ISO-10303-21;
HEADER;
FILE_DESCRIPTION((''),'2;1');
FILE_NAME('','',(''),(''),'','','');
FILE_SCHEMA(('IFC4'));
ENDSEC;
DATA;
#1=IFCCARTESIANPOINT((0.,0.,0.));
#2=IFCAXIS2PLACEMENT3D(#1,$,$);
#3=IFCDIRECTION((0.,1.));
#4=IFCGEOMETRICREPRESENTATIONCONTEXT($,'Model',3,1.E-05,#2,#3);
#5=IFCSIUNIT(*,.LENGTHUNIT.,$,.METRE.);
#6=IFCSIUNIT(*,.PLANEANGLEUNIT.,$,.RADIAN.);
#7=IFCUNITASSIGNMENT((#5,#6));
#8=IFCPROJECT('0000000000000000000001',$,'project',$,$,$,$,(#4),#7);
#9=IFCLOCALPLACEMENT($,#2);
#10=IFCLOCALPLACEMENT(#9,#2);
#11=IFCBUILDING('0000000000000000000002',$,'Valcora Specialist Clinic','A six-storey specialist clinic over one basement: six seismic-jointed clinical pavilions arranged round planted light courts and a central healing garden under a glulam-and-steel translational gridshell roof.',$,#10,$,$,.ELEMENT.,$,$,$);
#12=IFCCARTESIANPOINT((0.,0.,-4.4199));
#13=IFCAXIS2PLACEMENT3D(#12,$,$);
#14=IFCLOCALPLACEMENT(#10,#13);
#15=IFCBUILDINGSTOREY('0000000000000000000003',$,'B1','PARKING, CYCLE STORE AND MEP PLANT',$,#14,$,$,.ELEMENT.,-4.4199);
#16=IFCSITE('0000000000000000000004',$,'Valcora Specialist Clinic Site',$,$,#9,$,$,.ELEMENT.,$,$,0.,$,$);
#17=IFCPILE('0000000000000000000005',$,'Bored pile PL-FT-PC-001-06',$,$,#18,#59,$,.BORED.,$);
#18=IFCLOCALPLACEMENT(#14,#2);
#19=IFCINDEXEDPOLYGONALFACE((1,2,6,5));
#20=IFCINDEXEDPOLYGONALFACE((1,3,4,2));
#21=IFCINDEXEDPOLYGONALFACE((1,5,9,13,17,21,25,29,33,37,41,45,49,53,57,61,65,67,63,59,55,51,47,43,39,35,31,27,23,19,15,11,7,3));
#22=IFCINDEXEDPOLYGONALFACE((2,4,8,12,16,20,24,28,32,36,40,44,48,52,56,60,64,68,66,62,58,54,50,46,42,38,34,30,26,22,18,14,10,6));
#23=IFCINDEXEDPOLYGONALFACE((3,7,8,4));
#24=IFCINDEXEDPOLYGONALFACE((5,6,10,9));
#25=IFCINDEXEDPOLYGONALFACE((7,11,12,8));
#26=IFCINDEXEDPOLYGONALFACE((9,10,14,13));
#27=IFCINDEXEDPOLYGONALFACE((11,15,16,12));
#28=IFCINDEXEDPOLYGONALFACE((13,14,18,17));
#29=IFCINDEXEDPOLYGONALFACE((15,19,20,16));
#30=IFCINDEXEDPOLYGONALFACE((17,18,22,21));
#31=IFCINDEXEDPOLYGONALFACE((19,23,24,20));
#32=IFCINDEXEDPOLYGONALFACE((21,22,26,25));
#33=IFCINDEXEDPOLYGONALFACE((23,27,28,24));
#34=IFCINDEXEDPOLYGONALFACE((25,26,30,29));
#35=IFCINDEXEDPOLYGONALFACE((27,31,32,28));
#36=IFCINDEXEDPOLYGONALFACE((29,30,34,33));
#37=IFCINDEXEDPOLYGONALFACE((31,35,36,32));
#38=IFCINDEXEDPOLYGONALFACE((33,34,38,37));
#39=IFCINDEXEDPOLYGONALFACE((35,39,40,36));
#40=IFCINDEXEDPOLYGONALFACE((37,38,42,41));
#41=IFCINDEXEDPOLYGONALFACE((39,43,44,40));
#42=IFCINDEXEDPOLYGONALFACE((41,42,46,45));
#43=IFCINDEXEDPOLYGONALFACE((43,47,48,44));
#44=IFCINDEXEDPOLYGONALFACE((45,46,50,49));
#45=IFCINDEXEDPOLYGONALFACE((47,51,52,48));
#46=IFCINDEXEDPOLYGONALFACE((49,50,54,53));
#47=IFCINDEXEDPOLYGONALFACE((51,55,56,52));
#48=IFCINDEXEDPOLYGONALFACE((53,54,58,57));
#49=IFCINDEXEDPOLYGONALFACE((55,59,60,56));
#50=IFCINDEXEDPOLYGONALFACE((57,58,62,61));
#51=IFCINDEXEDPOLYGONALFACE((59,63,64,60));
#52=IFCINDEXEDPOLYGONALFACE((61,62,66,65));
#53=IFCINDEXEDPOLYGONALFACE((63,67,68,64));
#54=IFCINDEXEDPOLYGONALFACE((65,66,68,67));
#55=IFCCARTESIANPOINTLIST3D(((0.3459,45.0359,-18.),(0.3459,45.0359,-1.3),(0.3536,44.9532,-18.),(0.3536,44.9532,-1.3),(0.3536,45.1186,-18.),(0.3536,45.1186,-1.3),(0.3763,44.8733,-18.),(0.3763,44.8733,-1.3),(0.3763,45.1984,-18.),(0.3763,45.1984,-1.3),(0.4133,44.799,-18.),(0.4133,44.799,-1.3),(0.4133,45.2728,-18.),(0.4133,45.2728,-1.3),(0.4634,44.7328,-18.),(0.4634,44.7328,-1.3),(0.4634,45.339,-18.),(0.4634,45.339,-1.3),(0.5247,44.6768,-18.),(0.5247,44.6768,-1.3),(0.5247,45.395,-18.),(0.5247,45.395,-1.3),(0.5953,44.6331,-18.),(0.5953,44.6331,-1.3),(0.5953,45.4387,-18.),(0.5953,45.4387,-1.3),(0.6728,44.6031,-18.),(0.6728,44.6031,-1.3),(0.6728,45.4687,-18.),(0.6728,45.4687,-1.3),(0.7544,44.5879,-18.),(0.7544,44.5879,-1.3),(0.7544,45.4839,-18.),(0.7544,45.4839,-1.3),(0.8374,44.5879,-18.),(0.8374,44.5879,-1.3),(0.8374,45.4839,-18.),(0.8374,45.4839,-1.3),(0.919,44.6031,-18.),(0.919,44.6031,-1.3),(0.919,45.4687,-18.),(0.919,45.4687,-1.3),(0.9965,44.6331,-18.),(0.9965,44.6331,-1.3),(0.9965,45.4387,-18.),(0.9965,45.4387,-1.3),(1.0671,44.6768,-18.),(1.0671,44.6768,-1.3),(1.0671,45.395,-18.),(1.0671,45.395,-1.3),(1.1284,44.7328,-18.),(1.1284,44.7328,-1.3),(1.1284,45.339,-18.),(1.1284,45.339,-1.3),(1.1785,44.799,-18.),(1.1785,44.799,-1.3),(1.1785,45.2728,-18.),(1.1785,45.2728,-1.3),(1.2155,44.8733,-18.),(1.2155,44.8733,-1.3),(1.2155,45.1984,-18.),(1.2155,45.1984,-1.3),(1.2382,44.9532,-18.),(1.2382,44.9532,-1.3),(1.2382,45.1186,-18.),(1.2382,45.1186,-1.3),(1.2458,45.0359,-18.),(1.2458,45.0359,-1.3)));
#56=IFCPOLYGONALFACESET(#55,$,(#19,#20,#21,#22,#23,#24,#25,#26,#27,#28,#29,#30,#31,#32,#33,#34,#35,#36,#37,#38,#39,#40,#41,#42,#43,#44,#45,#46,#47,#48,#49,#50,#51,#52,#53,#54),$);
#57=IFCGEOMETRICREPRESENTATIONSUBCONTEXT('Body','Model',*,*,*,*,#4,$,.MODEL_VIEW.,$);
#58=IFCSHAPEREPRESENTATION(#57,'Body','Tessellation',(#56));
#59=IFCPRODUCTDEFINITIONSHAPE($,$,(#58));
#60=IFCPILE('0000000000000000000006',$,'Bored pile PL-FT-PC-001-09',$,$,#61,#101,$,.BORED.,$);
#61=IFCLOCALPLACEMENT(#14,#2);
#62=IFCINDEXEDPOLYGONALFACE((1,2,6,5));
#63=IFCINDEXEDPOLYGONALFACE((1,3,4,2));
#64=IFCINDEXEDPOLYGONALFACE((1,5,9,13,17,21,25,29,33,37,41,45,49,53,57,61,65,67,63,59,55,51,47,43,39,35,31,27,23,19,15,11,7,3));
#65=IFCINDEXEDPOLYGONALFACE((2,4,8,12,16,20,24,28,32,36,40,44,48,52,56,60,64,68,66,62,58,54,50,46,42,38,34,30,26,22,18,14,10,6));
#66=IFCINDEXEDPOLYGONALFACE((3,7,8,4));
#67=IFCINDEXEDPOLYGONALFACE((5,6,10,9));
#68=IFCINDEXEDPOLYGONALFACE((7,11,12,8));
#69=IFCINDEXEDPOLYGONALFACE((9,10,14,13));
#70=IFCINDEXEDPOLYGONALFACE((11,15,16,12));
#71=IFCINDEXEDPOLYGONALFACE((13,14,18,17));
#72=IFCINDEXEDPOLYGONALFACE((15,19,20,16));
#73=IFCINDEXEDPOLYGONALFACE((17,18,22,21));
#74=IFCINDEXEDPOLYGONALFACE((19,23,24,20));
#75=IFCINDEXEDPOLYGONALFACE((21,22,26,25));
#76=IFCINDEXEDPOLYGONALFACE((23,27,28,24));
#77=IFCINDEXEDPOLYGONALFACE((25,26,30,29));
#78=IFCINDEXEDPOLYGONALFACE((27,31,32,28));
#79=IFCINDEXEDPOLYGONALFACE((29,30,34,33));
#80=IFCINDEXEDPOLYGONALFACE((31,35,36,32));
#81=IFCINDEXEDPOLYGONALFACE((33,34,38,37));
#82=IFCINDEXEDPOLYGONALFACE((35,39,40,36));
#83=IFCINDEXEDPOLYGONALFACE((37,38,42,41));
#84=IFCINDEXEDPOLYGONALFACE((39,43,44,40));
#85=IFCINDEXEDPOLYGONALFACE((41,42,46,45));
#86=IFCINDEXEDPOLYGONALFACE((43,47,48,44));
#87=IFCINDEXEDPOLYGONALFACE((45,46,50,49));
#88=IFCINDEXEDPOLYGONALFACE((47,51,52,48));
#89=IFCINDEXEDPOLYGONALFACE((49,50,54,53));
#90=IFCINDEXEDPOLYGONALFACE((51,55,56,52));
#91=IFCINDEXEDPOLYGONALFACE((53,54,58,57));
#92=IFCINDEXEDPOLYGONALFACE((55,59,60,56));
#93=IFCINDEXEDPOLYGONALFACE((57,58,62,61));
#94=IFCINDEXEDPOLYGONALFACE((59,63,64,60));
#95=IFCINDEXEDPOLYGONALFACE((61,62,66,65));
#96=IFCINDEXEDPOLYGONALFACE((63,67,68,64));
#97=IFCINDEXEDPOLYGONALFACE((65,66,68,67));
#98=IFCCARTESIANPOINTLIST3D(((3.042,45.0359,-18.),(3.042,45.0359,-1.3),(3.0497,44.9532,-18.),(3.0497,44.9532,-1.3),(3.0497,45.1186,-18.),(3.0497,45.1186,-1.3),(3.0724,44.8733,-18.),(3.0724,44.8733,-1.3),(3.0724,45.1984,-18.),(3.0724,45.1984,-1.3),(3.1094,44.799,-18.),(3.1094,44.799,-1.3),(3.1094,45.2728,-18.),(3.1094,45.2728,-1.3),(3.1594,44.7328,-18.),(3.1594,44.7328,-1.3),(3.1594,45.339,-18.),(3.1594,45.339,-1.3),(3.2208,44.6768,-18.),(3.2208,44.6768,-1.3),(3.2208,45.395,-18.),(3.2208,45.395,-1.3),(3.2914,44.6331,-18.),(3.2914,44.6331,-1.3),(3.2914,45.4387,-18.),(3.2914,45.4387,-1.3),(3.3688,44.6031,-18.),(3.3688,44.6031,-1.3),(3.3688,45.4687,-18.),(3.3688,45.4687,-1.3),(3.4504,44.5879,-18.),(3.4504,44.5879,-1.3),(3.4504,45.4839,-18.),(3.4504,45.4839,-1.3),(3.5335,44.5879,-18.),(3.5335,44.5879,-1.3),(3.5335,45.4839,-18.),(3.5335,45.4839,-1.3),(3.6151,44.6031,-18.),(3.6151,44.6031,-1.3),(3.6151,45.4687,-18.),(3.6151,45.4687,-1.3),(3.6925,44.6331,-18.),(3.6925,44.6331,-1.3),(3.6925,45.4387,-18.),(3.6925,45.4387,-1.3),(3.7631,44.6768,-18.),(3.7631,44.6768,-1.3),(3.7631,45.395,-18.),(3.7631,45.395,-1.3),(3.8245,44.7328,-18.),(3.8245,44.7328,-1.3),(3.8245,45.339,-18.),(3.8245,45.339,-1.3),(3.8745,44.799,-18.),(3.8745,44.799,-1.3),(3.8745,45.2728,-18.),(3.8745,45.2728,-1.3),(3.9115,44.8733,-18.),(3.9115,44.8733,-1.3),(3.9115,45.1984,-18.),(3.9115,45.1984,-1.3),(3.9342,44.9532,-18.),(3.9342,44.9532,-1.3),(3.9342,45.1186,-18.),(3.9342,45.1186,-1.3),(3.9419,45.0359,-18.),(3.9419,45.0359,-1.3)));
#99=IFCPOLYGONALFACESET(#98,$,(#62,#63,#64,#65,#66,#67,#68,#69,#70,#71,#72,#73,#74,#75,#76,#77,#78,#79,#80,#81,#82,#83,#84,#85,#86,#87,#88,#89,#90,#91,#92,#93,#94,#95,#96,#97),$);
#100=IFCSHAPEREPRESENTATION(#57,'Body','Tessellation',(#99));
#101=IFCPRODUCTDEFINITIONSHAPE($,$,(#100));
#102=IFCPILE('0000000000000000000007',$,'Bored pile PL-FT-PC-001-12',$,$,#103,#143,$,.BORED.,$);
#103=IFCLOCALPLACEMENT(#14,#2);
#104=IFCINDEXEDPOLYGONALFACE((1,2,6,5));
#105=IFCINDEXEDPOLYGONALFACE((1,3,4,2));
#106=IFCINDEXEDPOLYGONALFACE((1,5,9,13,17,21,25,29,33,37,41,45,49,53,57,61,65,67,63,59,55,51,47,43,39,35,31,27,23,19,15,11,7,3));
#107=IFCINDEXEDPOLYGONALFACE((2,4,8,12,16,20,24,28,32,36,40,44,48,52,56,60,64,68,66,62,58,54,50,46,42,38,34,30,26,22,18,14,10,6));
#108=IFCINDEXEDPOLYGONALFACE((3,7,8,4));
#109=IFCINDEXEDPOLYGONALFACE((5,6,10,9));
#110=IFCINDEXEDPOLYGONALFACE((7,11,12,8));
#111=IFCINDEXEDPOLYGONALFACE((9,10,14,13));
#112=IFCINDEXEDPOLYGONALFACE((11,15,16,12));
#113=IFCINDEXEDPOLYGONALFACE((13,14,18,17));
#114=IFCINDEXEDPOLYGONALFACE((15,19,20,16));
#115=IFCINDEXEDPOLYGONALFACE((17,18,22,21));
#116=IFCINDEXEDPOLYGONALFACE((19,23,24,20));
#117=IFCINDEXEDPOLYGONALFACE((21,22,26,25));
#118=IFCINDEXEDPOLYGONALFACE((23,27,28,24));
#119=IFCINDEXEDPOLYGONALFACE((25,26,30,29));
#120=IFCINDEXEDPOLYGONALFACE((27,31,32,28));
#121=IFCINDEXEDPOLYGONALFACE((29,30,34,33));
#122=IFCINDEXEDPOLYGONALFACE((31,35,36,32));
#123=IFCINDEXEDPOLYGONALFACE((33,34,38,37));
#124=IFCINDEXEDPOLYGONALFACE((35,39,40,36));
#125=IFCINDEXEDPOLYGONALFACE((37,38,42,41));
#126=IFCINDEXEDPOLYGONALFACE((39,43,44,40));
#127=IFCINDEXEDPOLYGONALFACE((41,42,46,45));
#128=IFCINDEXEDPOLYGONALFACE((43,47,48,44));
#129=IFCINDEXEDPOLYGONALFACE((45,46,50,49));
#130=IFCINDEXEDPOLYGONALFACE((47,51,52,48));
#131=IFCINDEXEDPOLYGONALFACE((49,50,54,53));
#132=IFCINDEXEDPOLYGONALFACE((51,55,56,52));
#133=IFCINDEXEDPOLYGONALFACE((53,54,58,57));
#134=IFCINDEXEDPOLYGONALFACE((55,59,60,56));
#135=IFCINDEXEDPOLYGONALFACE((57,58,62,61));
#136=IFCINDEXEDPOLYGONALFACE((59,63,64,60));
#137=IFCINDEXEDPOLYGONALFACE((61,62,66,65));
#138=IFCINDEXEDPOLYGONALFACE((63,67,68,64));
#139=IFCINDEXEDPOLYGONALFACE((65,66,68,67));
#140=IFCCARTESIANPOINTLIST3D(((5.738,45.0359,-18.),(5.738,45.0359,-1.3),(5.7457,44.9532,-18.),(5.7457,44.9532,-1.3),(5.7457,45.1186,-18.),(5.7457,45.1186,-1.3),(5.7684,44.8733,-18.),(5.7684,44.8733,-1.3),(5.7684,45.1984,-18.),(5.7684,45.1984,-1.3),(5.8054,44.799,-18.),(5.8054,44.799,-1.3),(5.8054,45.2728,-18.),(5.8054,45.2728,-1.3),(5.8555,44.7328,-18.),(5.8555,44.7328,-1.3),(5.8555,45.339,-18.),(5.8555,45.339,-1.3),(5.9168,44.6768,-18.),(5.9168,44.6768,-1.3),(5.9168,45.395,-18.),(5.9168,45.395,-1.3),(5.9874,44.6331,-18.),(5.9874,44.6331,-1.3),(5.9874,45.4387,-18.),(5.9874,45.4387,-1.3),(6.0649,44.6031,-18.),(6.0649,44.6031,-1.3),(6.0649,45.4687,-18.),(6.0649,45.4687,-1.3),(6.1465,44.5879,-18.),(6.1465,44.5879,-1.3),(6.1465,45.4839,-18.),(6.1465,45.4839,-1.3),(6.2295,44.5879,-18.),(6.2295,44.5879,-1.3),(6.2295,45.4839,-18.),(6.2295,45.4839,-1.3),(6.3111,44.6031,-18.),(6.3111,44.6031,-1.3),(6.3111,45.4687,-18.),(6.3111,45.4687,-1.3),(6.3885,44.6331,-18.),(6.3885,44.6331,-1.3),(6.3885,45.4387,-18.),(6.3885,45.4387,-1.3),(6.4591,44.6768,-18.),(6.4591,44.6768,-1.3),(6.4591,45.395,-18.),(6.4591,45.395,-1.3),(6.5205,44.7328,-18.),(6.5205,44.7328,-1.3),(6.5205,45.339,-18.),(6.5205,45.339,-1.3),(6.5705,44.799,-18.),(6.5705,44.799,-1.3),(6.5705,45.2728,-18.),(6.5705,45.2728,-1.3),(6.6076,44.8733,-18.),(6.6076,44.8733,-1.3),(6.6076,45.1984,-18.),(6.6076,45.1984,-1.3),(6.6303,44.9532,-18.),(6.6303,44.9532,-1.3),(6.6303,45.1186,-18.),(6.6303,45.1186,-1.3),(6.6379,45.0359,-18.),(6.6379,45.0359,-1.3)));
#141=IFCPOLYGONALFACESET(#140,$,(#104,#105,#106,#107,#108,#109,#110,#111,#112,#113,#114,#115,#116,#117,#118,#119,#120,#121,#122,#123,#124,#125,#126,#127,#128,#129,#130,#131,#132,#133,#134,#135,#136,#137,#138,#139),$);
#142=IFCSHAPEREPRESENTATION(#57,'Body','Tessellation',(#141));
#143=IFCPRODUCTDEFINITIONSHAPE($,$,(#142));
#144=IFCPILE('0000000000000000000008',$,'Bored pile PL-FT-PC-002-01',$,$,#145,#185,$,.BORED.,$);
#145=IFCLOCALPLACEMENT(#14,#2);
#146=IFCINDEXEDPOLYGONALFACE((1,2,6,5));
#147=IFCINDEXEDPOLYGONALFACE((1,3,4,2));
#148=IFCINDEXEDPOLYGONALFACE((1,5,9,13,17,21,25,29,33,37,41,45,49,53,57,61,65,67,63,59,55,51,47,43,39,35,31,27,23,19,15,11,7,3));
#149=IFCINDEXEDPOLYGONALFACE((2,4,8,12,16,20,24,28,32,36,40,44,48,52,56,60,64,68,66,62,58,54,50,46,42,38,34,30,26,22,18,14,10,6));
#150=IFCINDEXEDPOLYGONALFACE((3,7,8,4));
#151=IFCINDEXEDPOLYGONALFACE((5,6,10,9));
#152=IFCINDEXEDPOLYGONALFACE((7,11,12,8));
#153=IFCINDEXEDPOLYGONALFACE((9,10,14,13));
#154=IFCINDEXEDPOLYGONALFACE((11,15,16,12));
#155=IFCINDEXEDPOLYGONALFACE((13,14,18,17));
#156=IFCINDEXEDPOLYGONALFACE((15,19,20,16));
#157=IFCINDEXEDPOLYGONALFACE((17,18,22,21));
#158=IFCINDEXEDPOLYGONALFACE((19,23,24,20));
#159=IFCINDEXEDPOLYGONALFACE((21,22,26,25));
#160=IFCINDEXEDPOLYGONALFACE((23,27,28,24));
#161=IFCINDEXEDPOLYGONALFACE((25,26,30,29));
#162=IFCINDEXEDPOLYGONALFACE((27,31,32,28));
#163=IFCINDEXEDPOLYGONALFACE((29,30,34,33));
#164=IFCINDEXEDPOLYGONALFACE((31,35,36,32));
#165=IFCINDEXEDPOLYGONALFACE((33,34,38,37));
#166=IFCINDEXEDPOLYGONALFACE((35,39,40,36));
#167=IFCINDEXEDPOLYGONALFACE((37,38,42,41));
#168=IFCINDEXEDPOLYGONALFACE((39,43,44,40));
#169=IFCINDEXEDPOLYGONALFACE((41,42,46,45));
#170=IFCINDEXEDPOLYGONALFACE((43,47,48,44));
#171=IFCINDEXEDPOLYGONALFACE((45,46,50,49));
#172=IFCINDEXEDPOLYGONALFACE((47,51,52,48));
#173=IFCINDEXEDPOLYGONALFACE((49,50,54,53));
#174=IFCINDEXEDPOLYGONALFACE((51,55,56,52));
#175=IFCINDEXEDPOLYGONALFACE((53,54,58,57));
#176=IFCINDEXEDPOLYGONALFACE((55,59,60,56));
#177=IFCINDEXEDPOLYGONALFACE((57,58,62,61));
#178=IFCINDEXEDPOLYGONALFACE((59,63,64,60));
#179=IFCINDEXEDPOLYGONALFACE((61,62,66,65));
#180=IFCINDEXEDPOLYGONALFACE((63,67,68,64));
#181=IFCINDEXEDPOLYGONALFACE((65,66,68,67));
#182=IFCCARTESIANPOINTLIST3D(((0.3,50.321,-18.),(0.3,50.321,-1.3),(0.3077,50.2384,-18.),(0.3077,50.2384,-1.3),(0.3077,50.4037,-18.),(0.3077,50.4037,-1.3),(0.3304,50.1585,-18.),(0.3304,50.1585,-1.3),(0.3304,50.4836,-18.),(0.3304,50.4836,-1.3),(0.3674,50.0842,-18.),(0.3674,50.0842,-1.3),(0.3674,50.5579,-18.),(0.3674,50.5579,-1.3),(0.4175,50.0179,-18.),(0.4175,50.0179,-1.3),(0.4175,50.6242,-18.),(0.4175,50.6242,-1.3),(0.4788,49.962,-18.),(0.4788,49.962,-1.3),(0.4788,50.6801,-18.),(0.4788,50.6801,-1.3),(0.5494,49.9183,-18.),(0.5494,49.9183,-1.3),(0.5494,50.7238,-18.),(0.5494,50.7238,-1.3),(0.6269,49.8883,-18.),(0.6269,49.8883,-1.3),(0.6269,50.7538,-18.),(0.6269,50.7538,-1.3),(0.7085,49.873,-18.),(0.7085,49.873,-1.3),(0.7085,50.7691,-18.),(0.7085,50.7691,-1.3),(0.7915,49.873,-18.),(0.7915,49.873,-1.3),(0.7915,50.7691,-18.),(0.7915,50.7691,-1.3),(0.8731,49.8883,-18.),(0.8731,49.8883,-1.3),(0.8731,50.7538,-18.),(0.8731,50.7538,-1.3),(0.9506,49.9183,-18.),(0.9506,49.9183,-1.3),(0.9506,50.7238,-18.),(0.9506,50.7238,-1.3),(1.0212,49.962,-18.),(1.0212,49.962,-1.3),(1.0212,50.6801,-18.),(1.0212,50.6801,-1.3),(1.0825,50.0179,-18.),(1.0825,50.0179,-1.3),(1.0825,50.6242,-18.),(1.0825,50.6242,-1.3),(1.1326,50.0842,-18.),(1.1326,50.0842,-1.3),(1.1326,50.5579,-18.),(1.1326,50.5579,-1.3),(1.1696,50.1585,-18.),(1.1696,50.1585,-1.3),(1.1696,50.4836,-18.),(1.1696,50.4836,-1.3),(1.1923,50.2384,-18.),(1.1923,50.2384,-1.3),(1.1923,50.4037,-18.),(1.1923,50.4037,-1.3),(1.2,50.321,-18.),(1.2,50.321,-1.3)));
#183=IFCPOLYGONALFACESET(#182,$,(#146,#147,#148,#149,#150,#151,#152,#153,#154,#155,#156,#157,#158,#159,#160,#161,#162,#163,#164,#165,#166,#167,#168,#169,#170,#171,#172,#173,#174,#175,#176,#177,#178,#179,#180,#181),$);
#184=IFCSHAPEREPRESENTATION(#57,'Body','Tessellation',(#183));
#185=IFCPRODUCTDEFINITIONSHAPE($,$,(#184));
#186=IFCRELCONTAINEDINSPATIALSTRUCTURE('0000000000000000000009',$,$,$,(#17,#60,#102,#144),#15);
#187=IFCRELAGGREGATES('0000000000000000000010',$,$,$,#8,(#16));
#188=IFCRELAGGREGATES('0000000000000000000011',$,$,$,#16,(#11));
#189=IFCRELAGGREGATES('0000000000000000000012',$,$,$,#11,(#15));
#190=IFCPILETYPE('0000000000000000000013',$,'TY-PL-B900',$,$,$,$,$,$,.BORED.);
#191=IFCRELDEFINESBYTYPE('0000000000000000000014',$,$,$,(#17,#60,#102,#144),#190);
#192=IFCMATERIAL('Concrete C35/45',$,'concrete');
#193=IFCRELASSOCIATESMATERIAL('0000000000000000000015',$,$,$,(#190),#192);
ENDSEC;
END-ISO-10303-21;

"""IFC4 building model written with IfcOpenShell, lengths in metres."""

from ifc_helpers import new_model, si_unit, direction, frame, origin, origin_2d, place, context, subcontext, project, spatial, circle, extrude, material, material_profile, profile_set, type_object, element, save


model = new_model("IFC4")

# Units and contexts
model_context = context("Model", 3, precision=1e-05, world=origin(), true_north=direction((0.0, 1.0)))
body_context = subcontext(model_context, "Body", "Model", "MODEL_VIEW")
ifc_project = project(units=[si_unit("LENGTHUNIT", "METRE"), si_unit("PLANEANGLEUNIT", "RADIAN")], contexts=[model_context])

# Site, building, storey
site_placement = place(None, origin())
site = spatial("IfcSite", under=ifc_project, at=site_placement, Name="Valcora Specialist Clinic Site", CompositionType="ELEMENT", RefElevation=0.0)
building_placement = place(site_placement, origin())
building = spatial("IfcBuilding", under=site, at=building_placement, Name="Valcora Specialist Clinic", Description="A six-storey specialist clinic over one basement: six seismic-jointed clinical pavilions arranged round planted light courts and a central healing garden under a glulam-and-steel translational gridshell roof.", CompositionType="ELEMENT")
storey_placement = place(building_placement, frame((0.0, 0.0, -4.4199)))
storey = spatial("IfcBuildingStorey", under=building, at=storey_placement, Name="B1", Description="PARKING, CYCLE STORE AND MEP PLANT", CompositionType="ELEMENT", Elevation=-4.4199)

# Shared definitions
ifc_material_1 = material(Name="Concrete C35/45", Category="concrete")

# Piles
ifc_material_profile_1 = material_profile(ifc_material_1, circle(Radius=0.45, at=origin_2d()), Name="RC-PIL-D900")
ifc_profile_set_1 = profile_set([ifc_material_profile_1], Name="Concrete C35/45")
pile_type_1 = type_object("IfcPileType", Name="TY-PL-B900", PredefinedType="BORED", material=ifc_profile_set_1)
for number, where, z_axis, x_axis, name in (
    (1, (0.7959, 45.0359, -1.3), (0.0, 0.0, -1.0), (1.0, 0.0, 0.0), "Bored pile PL-FT-PC-001-06"),
    (2, (3.4919, 45.0359, -1.3), (0.0, 0.0, -1.0), (1.0, 0.0, 0.0), "Bored pile PL-FT-PC-001-09"),
    (3, (6.188, 45.0359, -1.3), (0.0, 0.0, -1.0), (1.0, 0.0, 0.0), "Bored pile PL-FT-PC-001-12"),
    (4, (0.75, 50.321, -1.3), (0.0, 0.0, -1.0), (1.0, 0.0, 0.0), "Bored pile PL-FT-PC-002-01"),
):
    element("IfcPile", number, at=place(storey_placement, frame(where, z_axis=z_axis, x_axis=x_axis)), inside=storey, type_object=pile_type_1, Name=name, PredefinedType="BORED", context=body_context, shape_type="SweptSolid", body=[
        extrude(circle(Radius=0.45, at=origin_2d()), origin(), (0.0, 0.0, 1.0), 16.7),
    ])

save(model, "model.ifc")
